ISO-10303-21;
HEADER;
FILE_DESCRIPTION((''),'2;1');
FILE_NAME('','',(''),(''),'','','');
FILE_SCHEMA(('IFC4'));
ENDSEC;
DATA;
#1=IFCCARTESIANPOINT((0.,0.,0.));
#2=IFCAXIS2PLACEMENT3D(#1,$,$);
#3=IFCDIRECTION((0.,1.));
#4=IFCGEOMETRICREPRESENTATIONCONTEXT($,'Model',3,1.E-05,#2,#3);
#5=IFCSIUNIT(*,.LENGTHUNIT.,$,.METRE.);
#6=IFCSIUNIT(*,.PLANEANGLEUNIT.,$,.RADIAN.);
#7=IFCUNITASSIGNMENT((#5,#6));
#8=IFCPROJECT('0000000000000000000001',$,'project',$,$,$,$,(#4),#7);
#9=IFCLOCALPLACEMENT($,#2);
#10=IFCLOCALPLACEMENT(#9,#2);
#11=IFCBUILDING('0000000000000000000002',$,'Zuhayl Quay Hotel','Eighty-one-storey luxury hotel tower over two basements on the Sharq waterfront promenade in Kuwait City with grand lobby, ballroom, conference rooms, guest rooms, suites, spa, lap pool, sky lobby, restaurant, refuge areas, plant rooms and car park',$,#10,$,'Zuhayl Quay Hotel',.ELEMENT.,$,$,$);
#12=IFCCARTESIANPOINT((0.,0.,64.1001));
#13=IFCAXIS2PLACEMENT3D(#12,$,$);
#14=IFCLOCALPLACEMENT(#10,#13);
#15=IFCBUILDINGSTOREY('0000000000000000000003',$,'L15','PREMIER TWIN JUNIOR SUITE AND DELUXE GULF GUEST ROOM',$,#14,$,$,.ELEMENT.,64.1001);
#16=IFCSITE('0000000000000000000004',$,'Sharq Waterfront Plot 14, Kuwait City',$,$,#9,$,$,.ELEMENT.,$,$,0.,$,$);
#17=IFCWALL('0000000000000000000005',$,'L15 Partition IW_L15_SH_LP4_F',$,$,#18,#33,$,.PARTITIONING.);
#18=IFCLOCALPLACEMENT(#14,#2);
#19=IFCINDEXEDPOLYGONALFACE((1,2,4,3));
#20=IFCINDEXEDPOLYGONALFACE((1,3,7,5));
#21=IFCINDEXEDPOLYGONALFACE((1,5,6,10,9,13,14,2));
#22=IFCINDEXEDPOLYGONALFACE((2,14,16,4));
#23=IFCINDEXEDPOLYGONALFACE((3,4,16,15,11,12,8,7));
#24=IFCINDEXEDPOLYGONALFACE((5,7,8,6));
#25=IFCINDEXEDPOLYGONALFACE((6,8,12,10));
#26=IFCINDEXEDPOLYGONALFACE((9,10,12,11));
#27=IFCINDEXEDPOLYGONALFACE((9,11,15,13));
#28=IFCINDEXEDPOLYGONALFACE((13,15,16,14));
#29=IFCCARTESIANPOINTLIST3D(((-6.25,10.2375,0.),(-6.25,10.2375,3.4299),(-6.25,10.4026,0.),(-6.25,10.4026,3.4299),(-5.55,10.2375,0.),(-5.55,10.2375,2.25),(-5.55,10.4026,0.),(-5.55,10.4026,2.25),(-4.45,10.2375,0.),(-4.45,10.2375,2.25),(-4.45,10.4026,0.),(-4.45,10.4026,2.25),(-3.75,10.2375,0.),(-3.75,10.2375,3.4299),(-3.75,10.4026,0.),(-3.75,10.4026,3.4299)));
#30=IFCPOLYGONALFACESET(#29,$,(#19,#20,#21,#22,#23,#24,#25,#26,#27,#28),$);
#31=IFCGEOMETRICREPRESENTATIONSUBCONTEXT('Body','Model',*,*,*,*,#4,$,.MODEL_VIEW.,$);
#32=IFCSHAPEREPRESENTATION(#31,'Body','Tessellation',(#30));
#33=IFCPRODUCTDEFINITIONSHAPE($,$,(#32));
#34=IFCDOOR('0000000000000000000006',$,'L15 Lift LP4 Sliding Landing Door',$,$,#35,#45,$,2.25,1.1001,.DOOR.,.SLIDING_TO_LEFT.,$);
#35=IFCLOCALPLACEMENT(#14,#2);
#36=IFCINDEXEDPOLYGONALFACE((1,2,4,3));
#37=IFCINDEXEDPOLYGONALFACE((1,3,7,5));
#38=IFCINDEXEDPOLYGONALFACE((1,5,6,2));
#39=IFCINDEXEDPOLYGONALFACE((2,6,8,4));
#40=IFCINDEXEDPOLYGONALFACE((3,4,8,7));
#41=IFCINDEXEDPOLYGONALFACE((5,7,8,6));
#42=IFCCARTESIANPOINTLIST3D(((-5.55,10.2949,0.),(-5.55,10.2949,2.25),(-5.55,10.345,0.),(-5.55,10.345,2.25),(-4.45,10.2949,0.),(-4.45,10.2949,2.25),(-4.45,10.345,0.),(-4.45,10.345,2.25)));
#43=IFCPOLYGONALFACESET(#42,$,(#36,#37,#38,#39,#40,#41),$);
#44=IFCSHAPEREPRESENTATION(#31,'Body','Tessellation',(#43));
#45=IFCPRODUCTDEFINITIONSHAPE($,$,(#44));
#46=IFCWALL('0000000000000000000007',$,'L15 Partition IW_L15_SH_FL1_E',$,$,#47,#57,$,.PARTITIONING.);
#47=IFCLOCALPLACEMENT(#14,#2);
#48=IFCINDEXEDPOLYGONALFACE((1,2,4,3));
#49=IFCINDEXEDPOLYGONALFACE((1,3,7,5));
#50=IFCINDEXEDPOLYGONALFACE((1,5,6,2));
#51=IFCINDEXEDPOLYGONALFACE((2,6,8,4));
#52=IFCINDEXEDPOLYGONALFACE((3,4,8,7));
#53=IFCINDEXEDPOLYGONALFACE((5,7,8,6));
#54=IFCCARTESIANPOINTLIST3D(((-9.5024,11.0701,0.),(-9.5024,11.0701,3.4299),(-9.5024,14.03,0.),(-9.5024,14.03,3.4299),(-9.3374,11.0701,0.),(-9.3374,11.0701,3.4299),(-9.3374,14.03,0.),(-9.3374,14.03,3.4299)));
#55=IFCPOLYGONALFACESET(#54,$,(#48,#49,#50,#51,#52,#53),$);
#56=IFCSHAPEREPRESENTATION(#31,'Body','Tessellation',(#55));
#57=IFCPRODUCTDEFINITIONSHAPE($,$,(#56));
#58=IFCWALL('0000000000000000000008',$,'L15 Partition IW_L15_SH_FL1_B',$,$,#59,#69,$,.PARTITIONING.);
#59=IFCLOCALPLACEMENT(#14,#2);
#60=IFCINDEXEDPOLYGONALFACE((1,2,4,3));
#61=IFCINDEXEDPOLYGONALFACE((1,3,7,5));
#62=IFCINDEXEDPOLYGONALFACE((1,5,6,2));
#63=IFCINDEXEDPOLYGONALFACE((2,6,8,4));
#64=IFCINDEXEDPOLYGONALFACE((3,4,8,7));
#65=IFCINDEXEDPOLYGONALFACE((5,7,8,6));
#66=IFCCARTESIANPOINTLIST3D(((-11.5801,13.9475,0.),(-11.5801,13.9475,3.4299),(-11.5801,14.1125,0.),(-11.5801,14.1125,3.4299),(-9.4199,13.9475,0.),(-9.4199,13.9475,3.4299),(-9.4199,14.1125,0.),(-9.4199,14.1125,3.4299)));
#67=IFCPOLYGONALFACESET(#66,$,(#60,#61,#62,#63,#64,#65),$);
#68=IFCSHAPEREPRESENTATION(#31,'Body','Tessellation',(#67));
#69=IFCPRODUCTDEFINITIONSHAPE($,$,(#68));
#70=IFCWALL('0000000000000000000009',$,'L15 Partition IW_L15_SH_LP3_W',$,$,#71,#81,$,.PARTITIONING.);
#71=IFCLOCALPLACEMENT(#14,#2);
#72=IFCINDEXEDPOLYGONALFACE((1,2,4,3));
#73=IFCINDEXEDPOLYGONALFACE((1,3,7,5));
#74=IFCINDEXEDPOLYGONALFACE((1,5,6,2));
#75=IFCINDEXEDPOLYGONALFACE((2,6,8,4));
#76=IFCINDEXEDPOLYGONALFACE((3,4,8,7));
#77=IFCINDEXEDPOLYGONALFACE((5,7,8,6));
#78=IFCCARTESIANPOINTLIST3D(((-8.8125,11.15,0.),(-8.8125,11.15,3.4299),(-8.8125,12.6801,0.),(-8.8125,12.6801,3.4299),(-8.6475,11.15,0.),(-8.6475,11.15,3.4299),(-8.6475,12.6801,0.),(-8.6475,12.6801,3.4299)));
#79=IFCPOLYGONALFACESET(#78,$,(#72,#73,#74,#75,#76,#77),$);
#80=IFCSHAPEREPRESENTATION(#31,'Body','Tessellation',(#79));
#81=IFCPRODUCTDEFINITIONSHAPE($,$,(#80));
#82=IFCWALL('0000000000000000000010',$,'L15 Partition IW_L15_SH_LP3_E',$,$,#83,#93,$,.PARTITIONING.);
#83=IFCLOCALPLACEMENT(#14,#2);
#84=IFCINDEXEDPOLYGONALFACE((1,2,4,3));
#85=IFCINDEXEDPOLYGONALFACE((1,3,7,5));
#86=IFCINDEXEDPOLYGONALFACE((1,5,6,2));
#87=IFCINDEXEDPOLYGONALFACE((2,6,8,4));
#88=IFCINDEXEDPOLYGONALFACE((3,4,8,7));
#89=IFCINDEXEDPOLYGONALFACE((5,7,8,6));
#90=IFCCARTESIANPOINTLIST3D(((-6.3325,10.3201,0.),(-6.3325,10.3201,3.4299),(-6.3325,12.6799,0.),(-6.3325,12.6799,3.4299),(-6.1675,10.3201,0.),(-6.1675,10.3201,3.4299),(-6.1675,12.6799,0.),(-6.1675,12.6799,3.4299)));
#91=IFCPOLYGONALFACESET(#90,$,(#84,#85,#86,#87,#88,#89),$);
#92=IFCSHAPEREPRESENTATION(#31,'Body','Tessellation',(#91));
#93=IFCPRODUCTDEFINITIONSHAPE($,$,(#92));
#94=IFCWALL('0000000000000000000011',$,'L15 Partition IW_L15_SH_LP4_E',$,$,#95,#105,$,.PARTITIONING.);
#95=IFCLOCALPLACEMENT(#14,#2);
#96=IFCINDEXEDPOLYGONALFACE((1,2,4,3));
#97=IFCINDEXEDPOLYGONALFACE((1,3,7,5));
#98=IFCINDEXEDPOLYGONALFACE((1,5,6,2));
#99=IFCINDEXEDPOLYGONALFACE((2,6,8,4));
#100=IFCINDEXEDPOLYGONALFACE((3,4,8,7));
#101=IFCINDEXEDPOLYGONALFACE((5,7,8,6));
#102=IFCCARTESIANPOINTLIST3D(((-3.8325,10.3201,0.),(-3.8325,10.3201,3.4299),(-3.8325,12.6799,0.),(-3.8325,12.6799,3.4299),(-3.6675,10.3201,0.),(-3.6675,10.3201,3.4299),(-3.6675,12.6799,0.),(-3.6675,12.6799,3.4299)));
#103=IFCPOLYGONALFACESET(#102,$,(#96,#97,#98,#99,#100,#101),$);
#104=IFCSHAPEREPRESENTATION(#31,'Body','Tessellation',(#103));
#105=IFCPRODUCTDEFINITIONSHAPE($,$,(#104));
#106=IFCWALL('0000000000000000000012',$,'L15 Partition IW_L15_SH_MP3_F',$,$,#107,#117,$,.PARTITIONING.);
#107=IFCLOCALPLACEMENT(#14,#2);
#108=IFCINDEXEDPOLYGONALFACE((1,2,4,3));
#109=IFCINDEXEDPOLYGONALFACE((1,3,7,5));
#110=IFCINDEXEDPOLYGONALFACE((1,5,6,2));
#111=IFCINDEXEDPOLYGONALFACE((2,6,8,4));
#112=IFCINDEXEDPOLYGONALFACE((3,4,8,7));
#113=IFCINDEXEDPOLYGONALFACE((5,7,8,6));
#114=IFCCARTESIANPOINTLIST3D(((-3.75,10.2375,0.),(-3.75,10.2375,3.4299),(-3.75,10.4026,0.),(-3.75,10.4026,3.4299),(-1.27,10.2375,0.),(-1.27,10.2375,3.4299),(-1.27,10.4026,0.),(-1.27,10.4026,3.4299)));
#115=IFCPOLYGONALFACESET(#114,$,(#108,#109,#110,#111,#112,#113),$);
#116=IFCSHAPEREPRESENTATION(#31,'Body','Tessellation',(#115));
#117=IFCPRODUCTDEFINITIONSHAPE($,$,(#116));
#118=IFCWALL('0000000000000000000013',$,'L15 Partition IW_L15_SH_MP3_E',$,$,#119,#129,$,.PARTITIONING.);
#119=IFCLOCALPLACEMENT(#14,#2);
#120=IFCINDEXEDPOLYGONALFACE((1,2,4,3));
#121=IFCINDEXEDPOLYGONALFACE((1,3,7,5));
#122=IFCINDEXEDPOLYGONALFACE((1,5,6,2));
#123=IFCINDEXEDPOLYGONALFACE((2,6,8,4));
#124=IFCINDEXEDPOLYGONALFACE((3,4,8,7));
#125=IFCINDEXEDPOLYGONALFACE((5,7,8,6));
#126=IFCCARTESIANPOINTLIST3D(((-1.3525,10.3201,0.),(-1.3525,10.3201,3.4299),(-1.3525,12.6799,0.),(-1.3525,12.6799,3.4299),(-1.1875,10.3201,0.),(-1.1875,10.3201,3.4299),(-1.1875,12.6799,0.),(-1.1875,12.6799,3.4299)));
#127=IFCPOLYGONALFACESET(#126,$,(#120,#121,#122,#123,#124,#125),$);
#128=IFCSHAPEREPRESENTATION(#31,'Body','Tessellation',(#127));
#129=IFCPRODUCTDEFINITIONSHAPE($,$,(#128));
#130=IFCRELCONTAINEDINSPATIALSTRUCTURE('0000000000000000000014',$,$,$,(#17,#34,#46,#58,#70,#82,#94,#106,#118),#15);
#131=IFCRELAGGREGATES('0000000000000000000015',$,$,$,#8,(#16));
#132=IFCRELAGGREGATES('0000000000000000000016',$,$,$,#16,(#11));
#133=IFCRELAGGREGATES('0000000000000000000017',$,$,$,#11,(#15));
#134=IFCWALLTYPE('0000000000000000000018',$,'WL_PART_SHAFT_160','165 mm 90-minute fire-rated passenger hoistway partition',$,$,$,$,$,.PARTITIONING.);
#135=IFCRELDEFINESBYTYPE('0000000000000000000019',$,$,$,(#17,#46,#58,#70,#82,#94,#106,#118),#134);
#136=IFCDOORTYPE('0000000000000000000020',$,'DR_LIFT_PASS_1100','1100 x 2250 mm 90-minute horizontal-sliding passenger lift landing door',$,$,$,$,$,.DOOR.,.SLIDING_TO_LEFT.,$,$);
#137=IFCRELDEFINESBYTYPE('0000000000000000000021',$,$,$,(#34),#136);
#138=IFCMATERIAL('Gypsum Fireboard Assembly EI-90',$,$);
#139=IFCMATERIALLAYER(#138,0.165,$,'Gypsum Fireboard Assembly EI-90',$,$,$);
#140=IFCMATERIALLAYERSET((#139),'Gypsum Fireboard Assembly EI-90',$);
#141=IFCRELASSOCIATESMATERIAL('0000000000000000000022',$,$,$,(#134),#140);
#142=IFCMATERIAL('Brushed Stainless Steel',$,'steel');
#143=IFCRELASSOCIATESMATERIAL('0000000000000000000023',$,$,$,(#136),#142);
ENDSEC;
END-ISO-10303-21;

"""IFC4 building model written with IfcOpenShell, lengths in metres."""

from ifc_helpers import new_model, si_unit, direction, frame, frame_2d, origin, place, context, subcontext, project, spatial, rectangle, extrude, material, layer, layer_set, type_object, element, fill, save


model = new_model("IFC4")

# Units and contexts
model_context = context("Model", 3, precision=1e-05, world=origin(), true_north=direction((0.0, 1.0)))
body_context = subcontext(model_context, "Body", "Model", "MODEL_VIEW")
ifc_project = project(units=[si_unit("LENGTHUNIT", "METRE"), si_unit("PLANEANGLEUNIT", "RADIAN")], contexts=[model_context])

# Site, building, storey
site_placement = place(None, origin())
site = spatial("IfcSite", under=ifc_project, at=site_placement, Name="Sharq Waterfront Plot 14, Kuwait City", CompositionType="ELEMENT", RefElevation=0.0)
building_placement = place(site_placement, origin())
building = spatial("IfcBuilding", under=site, at=building_placement, Name="Zuhayl Quay Hotel", Description="Eighty-one-storey luxury hotel tower over two basements on the Sharq waterfront promenade in Kuwait City with grand lobby, ballroom, conference rooms, guest rooms, suites, spa, lap pool, sky lobby, restaurant, refuge areas, plant rooms and car park", LongName="Zuhayl Quay Hotel", CompositionType="ELEMENT")
storey_placement = place(building_placement, frame((0.0, 0.0, 64.1001)))
storey = spatial("IfcBuildingStorey", under=building, at=storey_placement, Name="L15", Description="PREMIER TWIN JUNIOR SUITE AND DELUXE GULF GUEST ROOM", CompositionType="ELEMENT", Elevation=64.1001)

# Wall, opening, door
ifc_material_1 = material(Name="Gypsum Fireboard Assembly EI-90")
ifc_layer_1 = layer(ifc_material_1, 0.165, Name="Gypsum Fireboard Assembly EI-90")
ifc_layer_set_1 = layer_set([ifc_layer_1], Name="Gypsum Fireboard Assembly EI-90")
wall_type_1 = type_object("IfcWallType", Name="WL_PART_SHAFT_160", Description="165 mm 90-minute fire-rated passenger hoistway partition", PredefinedType="PARTITIONING", material=ifc_layer_set_1)
ifc_material_2 = material(Name="Brushed Stainless Steel", Category="steel")
door_type_1 = type_object("IfcDoorType", Name="DR_LIFT_PASS_1100", Description="1100 x 2250 mm 90-minute horizontal-sliding passenger lift landing door", OperationType="SLIDING_TO_LEFT", PredefinedType="DOOR", material=ifc_material_2)
wall_1_placement = place(storey_placement, frame((-6.25, 10.3201, 0.0), z_axis=(0.0, 0.0, 1.0), x_axis=(1.0, 0.0, 0.0)))
wall_1 = element("IfcWall", 1, at=wall_1_placement, inside=storey, type_object=wall_type_1, Name="L15 Partition IW_L15_SH_LP4_F", PredefinedType="PARTITIONING", context=body_context, shape_type="SweptSolid", body=[
    extrude(rectangle(XDim=2.5, YDim=0.165, at=frame_2d((1.25, 0.0))), origin(), (0.0, 0.0, 1.0), 3.4299),
])
opening_1_placement = place(wall_1_placement, frame((0.7, 0.0, 0.0)))
opening_1 = element("IfcOpeningElement", 2, at=opening_1_placement, cuts=wall_1, PredefinedType="OPENING", context=body_context, shape_type="SweptSolid", body=[
    extrude(rectangle(XDim=1.1001, YDim=2.25, at=frame_2d((0.55, 1.125))), frame((0.0, 0.0925, 0.0), z_axis=(0.0, -1.0, 0.0), x_axis=(1.0, 0.0, 0.0)), (0.0, 0.0, 1.0), 0.1851),
])
door_1_placement = place(opening_1_placement, origin())
door_1 = element("IfcDoor", 3, at=door_1_placement, inside=storey, type_object=door_type_1, Name="L15 Lift LP4 Sliding Landing Door", OperationType="SLIDING_TO_LEFT", OverallHeight=2.25, OverallWidth=1.1001, PredefinedType="DOOR", context=body_context, shape_type="SweptSolid", body=[
    extrude(rectangle(XDim=1.1001, YDim=2.25, at=frame_2d((0.55, 1.125))), frame((0.0, 0.0249, 0.0), z_axis=(0.0, -1.0, 0.0), x_axis=(1.0, 0.0, 0.0)), (0.0, 0.0, 1.0), 0.05),
])
fill(opening_1, door_1)

# Walls
wall_2_placement = place(storey_placement, frame((-9.4199, 11.0701, 0.0), z_axis=(0.0, 0.0, 1.0), x_axis=(0.0, 1.0, 0.0)))
element("IfcWall", 4, at=wall_2_placement, inside=storey, type_object=wall_type_1, Name="L15 Partition IW_L15_SH_FL1_E", PredefinedType="PARTITIONING", context=body_context, shape_type="SweptSolid", body=[
    extrude(rectangle(XDim=2.96, YDim=0.165, at=frame_2d((1.48, 0.0))), origin(), (0.0, 0.0, 1.0), 3.4299),
])
wall_3_placement = place(storey_placement, frame((-11.5801, 14.03, 0.0), z_axis=(0.0, 0.0, 1.0), x_axis=(1.0, 0.0, 0.0)))
element("IfcWall", 5, at=wall_3_placement, inside=storey, type_object=wall_type_1, Name="L15 Partition IW_L15_SH_FL1_B", PredefinedType="PARTITIONING", context=body_context, shape_type="SweptSolid", body=[
    extrude(rectangle(XDim=2.1602, YDim=0.165, at=frame_2d((1.0801, 0.0))), origin(), (0.0, 0.0, 1.0), 3.4299),
])
wall_4_placement = place(storey_placement, frame((-8.73, 11.1499, 0.0), z_axis=(0.0, 0.0, 1.0), x_axis=(0.0, 1.0, 0.0)))
element("IfcWall", 6, at=wall_4_placement, inside=storey, type_object=wall_type_1, Name="L15 Partition IW_L15_SH_LP3_W", PredefinedType="PARTITIONING", context=body_context, shape_type="SweptSolid", body=[
    extrude(rectangle(XDim=1.53, YDim=0.165, at=frame_2d((0.7651, 0.0))), origin(), (0.0, 0.0, 1.0), 3.4299),
])
for number, where, z_axis, x_axis, name in (
    (7, (-6.25, 10.3201, 0.0), (0.0, 0.0, 1.0), (0.0, 1.0, 0.0), "L15 Partition IW_L15_SH_LP3_E"),
    (8, (-3.75, 10.3201, 0.0), (0.0, 0.0, 1.0), (0.0, 1.0, 0.0), "L15 Partition IW_L15_SH_LP4_E"),
):
    element("IfcWall", number, at=place(storey_placement, frame(where, z_axis=z_axis, x_axis=x_axis)), inside=storey, type_object=wall_type_1, Name=name, PredefinedType="PARTITIONING", context=body_context, shape_type="SweptSolid", body=[
        extrude(rectangle(XDim=2.3599, YDim=0.165, at=frame_2d((1.1799, 0.0))), origin(), (0.0, 0.0, 1.0), 3.4299),
    ])
wall_5_placement = place(storey_placement, frame((-3.75, 10.3201, 0.0), z_axis=(0.0, 0.0, 1.0), x_axis=(1.0, 0.0, 0.0)))
element("IfcWall", 9, at=wall_5_placement, inside=storey, type_object=wall_type_1, Name="L15 Partition IW_L15_SH_MP3_F", PredefinedType="PARTITIONING", context=body_context, shape_type="SweptSolid", body=[
    extrude(rectangle(XDim=2.48, YDim=0.165, at=frame_2d((1.24, 0.0))), origin(), (0.0, 0.0, 1.0), 3.4299),
])
wall_6_placement = place(storey_placement, frame((-1.27, 10.3201, 0.0), z_axis=(0.0, 0.0, 1.0), x_axis=(0.0, 1.0, 0.0)))
element("IfcWall", 10, at=wall_6_placement, inside=storey, type_object=wall_type_1, Name="L15 Partition IW_L15_SH_MP3_E", PredefinedType="PARTITIONING", context=body_context, shape_type="SweptSolid", body=[
    extrude(rectangle(XDim=2.3599, YDim=0.165, at=frame_2d((1.1799, 0.0))), origin(), (0.0, 0.0, 1.0), 3.4299),
])

save(model, "model.ifc")
